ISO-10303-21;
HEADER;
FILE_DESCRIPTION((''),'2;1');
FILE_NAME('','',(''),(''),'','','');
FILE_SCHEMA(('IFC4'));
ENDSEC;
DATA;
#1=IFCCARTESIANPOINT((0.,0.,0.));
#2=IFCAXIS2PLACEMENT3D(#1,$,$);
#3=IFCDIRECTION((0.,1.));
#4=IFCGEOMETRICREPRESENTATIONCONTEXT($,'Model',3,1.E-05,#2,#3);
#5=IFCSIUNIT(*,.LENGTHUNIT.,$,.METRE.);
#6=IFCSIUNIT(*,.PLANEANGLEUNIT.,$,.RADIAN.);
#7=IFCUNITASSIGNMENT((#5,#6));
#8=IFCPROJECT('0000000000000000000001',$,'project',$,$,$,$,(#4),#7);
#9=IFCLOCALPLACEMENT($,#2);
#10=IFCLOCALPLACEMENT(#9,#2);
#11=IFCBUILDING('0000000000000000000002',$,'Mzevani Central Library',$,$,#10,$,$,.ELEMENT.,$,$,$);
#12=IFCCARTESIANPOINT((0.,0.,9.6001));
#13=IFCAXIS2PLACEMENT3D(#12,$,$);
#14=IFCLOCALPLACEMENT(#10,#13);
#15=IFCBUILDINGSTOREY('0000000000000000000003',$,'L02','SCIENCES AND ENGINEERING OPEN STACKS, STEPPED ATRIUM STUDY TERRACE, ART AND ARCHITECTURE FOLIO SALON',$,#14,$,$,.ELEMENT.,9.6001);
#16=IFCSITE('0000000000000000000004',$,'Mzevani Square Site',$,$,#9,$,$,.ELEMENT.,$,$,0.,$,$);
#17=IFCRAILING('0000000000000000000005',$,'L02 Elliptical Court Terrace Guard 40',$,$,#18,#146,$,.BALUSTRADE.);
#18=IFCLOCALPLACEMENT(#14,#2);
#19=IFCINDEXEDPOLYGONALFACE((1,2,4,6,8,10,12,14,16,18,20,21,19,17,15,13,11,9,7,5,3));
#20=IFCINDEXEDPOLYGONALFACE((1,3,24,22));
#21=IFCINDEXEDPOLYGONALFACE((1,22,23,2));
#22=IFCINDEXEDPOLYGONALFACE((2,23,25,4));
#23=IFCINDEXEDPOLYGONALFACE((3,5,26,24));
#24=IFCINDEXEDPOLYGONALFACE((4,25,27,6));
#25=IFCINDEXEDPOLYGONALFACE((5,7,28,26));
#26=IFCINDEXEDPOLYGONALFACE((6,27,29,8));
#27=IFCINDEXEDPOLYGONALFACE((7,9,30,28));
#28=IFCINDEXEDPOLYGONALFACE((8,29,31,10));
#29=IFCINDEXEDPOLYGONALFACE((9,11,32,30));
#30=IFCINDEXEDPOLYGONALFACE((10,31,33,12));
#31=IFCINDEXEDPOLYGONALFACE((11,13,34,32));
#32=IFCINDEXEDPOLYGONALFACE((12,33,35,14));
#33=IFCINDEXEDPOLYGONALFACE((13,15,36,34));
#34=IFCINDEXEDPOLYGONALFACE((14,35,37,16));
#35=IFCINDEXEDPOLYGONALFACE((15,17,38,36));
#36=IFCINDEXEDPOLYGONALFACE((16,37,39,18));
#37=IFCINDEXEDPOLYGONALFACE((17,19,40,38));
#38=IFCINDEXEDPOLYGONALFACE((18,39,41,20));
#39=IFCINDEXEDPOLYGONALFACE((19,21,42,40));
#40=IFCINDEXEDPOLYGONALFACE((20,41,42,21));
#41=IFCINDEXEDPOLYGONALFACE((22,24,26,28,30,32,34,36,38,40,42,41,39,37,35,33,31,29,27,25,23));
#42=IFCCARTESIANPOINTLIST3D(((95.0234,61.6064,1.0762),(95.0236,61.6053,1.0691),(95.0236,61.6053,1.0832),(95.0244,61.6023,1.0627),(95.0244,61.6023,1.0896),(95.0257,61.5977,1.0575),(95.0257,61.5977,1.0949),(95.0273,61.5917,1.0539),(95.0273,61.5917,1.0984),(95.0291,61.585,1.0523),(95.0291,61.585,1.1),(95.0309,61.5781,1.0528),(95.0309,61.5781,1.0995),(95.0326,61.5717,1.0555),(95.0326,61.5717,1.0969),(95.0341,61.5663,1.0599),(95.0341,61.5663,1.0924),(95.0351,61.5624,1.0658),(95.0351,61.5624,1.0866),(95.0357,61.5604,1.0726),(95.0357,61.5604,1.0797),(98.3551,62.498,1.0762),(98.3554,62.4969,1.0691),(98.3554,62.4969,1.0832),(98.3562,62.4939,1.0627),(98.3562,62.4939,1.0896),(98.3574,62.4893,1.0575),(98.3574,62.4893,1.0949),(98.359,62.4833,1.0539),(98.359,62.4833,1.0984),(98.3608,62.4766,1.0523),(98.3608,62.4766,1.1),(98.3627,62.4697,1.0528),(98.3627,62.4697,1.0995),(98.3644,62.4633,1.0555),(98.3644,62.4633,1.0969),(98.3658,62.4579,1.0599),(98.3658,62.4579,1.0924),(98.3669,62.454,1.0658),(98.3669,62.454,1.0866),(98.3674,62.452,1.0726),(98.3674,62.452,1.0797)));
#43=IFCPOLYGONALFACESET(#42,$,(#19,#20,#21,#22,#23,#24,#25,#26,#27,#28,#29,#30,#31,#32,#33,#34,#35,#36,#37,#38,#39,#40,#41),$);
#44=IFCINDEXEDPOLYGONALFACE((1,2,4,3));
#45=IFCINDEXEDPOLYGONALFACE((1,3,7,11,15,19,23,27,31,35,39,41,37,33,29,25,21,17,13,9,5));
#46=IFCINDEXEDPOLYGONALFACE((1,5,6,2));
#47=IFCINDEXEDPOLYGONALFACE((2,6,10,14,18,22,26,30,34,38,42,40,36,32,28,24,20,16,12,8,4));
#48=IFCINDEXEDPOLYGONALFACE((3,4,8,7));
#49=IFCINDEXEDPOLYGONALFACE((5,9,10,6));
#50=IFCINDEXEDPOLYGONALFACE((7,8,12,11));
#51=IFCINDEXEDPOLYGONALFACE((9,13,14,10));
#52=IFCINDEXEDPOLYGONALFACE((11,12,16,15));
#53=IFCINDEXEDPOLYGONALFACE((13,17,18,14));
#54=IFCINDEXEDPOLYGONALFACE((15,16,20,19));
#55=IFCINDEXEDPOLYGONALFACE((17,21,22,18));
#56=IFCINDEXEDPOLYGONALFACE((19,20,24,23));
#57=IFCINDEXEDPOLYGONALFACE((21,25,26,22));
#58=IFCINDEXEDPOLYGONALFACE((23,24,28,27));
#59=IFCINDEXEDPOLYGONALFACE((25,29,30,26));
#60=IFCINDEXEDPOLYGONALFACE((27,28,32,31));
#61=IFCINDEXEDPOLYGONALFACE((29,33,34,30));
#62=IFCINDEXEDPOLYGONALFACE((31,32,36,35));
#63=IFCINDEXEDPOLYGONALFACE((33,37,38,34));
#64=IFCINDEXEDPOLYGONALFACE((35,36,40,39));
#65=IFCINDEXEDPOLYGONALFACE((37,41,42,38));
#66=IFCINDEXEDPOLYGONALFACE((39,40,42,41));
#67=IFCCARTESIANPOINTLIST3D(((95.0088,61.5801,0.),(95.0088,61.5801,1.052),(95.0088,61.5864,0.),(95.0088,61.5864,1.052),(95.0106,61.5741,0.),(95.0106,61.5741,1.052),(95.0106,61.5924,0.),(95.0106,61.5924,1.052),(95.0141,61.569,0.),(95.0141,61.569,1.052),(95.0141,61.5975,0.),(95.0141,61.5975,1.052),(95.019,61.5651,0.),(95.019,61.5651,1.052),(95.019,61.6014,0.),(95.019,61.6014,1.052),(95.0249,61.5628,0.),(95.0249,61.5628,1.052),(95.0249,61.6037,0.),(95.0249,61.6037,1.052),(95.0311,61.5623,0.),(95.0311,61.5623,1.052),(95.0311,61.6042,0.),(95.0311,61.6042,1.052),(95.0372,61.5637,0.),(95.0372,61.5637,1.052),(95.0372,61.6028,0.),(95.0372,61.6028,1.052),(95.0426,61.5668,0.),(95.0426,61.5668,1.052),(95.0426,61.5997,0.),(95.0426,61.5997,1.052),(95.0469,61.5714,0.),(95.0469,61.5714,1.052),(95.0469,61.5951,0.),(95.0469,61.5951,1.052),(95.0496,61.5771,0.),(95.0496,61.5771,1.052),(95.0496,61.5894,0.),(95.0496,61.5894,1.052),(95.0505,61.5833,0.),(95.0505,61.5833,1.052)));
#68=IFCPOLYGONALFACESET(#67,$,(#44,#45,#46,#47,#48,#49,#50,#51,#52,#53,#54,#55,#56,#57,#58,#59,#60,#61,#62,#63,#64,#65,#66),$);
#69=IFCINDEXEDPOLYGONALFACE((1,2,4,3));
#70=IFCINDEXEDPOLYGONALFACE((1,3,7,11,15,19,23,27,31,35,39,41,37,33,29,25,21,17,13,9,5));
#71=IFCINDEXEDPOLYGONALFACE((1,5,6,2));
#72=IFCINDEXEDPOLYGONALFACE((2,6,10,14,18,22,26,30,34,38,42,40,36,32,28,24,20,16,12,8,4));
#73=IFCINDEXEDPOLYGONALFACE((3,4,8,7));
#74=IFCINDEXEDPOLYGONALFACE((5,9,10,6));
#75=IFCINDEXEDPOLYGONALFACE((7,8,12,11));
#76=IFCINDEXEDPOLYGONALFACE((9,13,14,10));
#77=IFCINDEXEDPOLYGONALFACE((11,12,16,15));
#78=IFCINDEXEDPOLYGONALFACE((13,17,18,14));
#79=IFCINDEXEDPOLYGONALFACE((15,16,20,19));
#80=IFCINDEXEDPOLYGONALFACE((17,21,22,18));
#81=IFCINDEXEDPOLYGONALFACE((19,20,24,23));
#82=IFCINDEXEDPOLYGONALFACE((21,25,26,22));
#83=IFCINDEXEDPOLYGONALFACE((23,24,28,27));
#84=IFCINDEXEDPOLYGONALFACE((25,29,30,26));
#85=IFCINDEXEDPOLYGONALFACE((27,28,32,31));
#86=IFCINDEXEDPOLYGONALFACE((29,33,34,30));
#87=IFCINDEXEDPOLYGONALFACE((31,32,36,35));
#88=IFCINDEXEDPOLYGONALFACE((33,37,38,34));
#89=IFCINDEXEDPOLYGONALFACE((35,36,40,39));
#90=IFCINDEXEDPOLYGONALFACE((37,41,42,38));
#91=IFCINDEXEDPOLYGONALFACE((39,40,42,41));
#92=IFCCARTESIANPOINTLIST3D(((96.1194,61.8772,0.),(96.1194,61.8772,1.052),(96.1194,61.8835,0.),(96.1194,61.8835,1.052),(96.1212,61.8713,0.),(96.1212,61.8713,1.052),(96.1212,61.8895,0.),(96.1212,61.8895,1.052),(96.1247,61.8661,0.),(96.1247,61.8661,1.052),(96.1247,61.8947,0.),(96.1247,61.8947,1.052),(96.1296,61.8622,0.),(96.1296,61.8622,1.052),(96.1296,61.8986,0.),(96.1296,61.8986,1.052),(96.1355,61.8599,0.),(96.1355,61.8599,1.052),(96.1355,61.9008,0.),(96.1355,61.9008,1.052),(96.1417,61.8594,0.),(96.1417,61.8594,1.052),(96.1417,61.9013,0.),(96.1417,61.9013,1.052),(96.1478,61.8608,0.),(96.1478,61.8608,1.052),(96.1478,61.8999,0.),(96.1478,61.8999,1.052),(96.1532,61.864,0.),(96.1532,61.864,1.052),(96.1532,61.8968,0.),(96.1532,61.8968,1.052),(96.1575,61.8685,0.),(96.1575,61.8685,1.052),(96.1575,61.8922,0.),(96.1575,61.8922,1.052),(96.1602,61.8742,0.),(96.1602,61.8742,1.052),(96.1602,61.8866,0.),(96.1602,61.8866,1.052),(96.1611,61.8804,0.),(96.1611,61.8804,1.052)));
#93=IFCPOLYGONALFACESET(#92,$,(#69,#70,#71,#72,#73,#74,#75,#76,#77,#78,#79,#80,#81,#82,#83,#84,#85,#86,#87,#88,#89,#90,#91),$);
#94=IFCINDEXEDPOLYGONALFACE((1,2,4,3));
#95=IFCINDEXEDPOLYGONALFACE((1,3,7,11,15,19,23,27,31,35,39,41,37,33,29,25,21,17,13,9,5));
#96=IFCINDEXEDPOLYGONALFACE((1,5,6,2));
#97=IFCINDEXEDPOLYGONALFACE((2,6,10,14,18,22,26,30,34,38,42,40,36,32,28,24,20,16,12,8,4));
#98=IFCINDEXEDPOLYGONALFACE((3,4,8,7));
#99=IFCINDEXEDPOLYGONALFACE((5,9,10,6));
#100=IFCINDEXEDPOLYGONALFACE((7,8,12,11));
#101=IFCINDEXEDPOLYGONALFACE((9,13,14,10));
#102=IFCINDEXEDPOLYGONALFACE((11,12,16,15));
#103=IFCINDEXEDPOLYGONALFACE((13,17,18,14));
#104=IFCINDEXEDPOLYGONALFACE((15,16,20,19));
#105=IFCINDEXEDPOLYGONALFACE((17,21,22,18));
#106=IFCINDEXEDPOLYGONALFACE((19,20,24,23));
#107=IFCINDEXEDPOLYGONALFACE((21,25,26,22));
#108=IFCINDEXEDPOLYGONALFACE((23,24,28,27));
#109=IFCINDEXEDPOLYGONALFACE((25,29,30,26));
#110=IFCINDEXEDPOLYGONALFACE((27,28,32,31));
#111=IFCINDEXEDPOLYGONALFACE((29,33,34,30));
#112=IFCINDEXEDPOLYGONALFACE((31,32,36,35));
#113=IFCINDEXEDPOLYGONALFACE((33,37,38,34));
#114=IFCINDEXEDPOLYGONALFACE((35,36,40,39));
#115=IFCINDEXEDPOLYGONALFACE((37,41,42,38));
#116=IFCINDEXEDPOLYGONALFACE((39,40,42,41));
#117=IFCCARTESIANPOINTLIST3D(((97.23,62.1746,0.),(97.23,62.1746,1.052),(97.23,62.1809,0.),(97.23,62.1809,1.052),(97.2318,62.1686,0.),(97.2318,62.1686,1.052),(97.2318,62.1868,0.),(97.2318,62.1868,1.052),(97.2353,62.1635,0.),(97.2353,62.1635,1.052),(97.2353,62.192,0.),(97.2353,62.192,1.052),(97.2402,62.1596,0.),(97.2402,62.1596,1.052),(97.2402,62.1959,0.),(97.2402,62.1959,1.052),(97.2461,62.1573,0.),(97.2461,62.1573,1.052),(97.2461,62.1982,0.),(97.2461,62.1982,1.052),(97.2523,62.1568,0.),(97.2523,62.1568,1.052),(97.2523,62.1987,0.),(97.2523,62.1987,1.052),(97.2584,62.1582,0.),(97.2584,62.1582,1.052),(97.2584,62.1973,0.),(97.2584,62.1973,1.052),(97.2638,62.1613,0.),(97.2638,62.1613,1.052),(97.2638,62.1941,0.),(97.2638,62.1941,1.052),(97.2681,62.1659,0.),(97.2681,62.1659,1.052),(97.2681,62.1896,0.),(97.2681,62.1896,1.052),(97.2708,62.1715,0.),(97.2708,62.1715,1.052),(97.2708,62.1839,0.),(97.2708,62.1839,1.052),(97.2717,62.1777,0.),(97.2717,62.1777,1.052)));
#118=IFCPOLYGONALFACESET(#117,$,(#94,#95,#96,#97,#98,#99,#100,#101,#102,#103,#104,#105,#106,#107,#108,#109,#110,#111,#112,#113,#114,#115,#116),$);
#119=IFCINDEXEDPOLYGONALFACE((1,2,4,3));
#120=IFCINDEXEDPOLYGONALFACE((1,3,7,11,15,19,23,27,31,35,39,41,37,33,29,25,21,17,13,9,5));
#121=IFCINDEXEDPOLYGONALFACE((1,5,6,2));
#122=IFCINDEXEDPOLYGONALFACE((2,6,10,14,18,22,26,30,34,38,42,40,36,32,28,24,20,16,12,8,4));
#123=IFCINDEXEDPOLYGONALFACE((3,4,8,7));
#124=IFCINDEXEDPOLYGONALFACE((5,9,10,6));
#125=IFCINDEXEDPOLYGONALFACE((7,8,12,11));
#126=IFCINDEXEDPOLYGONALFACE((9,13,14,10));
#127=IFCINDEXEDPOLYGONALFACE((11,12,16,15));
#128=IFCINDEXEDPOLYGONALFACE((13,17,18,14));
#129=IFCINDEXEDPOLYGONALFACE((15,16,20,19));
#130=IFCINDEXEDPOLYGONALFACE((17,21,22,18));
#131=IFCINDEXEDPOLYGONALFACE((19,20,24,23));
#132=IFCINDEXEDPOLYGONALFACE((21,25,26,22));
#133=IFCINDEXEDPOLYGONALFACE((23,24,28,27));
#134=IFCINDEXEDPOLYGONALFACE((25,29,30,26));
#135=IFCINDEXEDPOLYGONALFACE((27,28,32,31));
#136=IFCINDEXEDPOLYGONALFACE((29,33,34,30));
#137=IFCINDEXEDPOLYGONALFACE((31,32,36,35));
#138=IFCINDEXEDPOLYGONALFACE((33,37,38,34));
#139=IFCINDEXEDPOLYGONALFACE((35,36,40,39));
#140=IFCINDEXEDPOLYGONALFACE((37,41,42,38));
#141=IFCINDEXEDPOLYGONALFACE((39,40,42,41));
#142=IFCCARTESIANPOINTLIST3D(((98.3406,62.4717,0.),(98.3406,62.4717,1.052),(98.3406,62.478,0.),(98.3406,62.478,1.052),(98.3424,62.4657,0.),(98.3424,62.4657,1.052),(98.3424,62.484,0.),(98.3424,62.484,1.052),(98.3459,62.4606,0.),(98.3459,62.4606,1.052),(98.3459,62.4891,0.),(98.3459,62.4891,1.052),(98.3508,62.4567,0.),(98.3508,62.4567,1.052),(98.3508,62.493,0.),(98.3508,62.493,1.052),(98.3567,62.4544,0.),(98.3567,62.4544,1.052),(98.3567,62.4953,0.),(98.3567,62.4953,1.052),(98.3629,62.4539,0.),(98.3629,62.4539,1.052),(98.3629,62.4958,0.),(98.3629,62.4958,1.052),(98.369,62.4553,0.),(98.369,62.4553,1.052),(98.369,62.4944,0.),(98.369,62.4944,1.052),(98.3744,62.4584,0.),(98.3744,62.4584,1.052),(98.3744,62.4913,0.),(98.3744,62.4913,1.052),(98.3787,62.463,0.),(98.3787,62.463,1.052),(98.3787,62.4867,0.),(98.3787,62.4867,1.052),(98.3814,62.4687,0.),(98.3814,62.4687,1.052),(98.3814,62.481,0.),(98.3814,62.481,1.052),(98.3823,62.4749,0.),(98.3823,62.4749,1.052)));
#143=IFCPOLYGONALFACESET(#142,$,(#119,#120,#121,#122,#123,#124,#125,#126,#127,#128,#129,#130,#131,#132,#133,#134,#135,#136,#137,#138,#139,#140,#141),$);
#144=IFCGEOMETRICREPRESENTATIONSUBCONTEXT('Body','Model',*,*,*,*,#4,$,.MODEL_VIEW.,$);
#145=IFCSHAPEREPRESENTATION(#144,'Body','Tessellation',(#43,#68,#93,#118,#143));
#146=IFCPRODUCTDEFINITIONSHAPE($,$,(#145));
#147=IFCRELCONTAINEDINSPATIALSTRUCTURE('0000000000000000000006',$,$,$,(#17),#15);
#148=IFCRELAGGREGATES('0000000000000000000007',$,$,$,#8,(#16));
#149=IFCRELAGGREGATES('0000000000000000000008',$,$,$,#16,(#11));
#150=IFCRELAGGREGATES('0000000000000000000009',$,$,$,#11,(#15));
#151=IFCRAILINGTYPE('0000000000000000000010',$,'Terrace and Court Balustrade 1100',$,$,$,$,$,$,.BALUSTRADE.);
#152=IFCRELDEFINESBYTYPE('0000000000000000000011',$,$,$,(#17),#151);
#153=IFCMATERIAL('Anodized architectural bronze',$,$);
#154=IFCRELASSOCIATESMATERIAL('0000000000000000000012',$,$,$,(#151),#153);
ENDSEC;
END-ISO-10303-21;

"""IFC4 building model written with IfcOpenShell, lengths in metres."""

from ifc_helpers import new_model, si_unit, direction, frame, origin, origin_2d, place, context, subcontext, project, spatial, circle, extrude, material, type_object, element, save


model = new_model("IFC4")

# Units and contexts
model_context = context("Model", 3, precision=1e-05, world=origin(), true_north=direction((0.0, 1.0)))
body_context = subcontext(model_context, "Body", "Model", "MODEL_VIEW")
ifc_project = project(units=[si_unit("LENGTHUNIT", "METRE"), si_unit("PLANEANGLEUNIT", "RADIAN")], contexts=[model_context])

# Site, building, storey
site_placement = place(None, origin())
site = spatial("IfcSite", under=ifc_project, at=site_placement, Name="Mzevani Square Site", CompositionType="ELEMENT", RefElevation=0.0)
building_placement = place(site_placement, origin())
building = spatial("IfcBuilding", under=site, at=building_placement, Name="Mzevani Central Library", CompositionType="ELEMENT")
storey_placement = place(building_placement, frame((0.0, 0.0, 9.6001)))
storey = spatial("IfcBuildingStorey", under=building, at=storey_placement, Name="L02", Description="SCIENCES AND ENGINEERING OPEN STACKS, STEPPED ATRIUM STUDY TERRACE, ART AND ARCHITECTURE FOLIO SALON", CompositionType="ELEMENT", Elevation=9.6001)

# Railing
ifc_material_1 = material(Name="Anodized architectural bronze")
railing_type = type_object("IfcRailingType", Name="Terrace and Court Balustrade 1100", PredefinedType="BALUSTRADE", material=ifc_material_1)
railing_1_placement = place(storey_placement, frame((95.0295, 61.5833, 0.0)))
element("IfcRailing", 1, at=railing_1_placement, inside=storey, type_object=railing_type, Name="L02 Elliptical Court Terrace Guard 40", PredefinedType="BALUSTRADE", context=body_context, shape_type="SweptSolid", body=[
    extrude(circle(Radius=0.0239, at=origin_2d()), frame((0.0, 0.0, 1.0762), z_axis=(0.966009, 0.258508, 0.0), x_axis=(-0.258508, 0.966009, 0.0)), (0.0, 0.0, 1.0), 3.449),
    extrude(circle(Radius=0.021, at=origin_2d()), origin(), (0.0, 0.0, 1.0), 1.052),
    extrude(circle(Radius=0.021, at=origin_2d()), frame((1.1106, 0.2971, 0.0)), (0.0, 0.0, 1.0), 1.052),
    extrude(circle(Radius=0.021, at=origin_2d()), frame((2.2212, 0.5945, 0.0)), (0.0, 0.0, 1.0), 1.052),
    extrude(circle(Radius=0.021, at=origin_2d()), frame((3.3318, 0.8916, 0.0)), (0.0, 0.0, 1.0), 1.052),
])

save(model, "model.ifc")
